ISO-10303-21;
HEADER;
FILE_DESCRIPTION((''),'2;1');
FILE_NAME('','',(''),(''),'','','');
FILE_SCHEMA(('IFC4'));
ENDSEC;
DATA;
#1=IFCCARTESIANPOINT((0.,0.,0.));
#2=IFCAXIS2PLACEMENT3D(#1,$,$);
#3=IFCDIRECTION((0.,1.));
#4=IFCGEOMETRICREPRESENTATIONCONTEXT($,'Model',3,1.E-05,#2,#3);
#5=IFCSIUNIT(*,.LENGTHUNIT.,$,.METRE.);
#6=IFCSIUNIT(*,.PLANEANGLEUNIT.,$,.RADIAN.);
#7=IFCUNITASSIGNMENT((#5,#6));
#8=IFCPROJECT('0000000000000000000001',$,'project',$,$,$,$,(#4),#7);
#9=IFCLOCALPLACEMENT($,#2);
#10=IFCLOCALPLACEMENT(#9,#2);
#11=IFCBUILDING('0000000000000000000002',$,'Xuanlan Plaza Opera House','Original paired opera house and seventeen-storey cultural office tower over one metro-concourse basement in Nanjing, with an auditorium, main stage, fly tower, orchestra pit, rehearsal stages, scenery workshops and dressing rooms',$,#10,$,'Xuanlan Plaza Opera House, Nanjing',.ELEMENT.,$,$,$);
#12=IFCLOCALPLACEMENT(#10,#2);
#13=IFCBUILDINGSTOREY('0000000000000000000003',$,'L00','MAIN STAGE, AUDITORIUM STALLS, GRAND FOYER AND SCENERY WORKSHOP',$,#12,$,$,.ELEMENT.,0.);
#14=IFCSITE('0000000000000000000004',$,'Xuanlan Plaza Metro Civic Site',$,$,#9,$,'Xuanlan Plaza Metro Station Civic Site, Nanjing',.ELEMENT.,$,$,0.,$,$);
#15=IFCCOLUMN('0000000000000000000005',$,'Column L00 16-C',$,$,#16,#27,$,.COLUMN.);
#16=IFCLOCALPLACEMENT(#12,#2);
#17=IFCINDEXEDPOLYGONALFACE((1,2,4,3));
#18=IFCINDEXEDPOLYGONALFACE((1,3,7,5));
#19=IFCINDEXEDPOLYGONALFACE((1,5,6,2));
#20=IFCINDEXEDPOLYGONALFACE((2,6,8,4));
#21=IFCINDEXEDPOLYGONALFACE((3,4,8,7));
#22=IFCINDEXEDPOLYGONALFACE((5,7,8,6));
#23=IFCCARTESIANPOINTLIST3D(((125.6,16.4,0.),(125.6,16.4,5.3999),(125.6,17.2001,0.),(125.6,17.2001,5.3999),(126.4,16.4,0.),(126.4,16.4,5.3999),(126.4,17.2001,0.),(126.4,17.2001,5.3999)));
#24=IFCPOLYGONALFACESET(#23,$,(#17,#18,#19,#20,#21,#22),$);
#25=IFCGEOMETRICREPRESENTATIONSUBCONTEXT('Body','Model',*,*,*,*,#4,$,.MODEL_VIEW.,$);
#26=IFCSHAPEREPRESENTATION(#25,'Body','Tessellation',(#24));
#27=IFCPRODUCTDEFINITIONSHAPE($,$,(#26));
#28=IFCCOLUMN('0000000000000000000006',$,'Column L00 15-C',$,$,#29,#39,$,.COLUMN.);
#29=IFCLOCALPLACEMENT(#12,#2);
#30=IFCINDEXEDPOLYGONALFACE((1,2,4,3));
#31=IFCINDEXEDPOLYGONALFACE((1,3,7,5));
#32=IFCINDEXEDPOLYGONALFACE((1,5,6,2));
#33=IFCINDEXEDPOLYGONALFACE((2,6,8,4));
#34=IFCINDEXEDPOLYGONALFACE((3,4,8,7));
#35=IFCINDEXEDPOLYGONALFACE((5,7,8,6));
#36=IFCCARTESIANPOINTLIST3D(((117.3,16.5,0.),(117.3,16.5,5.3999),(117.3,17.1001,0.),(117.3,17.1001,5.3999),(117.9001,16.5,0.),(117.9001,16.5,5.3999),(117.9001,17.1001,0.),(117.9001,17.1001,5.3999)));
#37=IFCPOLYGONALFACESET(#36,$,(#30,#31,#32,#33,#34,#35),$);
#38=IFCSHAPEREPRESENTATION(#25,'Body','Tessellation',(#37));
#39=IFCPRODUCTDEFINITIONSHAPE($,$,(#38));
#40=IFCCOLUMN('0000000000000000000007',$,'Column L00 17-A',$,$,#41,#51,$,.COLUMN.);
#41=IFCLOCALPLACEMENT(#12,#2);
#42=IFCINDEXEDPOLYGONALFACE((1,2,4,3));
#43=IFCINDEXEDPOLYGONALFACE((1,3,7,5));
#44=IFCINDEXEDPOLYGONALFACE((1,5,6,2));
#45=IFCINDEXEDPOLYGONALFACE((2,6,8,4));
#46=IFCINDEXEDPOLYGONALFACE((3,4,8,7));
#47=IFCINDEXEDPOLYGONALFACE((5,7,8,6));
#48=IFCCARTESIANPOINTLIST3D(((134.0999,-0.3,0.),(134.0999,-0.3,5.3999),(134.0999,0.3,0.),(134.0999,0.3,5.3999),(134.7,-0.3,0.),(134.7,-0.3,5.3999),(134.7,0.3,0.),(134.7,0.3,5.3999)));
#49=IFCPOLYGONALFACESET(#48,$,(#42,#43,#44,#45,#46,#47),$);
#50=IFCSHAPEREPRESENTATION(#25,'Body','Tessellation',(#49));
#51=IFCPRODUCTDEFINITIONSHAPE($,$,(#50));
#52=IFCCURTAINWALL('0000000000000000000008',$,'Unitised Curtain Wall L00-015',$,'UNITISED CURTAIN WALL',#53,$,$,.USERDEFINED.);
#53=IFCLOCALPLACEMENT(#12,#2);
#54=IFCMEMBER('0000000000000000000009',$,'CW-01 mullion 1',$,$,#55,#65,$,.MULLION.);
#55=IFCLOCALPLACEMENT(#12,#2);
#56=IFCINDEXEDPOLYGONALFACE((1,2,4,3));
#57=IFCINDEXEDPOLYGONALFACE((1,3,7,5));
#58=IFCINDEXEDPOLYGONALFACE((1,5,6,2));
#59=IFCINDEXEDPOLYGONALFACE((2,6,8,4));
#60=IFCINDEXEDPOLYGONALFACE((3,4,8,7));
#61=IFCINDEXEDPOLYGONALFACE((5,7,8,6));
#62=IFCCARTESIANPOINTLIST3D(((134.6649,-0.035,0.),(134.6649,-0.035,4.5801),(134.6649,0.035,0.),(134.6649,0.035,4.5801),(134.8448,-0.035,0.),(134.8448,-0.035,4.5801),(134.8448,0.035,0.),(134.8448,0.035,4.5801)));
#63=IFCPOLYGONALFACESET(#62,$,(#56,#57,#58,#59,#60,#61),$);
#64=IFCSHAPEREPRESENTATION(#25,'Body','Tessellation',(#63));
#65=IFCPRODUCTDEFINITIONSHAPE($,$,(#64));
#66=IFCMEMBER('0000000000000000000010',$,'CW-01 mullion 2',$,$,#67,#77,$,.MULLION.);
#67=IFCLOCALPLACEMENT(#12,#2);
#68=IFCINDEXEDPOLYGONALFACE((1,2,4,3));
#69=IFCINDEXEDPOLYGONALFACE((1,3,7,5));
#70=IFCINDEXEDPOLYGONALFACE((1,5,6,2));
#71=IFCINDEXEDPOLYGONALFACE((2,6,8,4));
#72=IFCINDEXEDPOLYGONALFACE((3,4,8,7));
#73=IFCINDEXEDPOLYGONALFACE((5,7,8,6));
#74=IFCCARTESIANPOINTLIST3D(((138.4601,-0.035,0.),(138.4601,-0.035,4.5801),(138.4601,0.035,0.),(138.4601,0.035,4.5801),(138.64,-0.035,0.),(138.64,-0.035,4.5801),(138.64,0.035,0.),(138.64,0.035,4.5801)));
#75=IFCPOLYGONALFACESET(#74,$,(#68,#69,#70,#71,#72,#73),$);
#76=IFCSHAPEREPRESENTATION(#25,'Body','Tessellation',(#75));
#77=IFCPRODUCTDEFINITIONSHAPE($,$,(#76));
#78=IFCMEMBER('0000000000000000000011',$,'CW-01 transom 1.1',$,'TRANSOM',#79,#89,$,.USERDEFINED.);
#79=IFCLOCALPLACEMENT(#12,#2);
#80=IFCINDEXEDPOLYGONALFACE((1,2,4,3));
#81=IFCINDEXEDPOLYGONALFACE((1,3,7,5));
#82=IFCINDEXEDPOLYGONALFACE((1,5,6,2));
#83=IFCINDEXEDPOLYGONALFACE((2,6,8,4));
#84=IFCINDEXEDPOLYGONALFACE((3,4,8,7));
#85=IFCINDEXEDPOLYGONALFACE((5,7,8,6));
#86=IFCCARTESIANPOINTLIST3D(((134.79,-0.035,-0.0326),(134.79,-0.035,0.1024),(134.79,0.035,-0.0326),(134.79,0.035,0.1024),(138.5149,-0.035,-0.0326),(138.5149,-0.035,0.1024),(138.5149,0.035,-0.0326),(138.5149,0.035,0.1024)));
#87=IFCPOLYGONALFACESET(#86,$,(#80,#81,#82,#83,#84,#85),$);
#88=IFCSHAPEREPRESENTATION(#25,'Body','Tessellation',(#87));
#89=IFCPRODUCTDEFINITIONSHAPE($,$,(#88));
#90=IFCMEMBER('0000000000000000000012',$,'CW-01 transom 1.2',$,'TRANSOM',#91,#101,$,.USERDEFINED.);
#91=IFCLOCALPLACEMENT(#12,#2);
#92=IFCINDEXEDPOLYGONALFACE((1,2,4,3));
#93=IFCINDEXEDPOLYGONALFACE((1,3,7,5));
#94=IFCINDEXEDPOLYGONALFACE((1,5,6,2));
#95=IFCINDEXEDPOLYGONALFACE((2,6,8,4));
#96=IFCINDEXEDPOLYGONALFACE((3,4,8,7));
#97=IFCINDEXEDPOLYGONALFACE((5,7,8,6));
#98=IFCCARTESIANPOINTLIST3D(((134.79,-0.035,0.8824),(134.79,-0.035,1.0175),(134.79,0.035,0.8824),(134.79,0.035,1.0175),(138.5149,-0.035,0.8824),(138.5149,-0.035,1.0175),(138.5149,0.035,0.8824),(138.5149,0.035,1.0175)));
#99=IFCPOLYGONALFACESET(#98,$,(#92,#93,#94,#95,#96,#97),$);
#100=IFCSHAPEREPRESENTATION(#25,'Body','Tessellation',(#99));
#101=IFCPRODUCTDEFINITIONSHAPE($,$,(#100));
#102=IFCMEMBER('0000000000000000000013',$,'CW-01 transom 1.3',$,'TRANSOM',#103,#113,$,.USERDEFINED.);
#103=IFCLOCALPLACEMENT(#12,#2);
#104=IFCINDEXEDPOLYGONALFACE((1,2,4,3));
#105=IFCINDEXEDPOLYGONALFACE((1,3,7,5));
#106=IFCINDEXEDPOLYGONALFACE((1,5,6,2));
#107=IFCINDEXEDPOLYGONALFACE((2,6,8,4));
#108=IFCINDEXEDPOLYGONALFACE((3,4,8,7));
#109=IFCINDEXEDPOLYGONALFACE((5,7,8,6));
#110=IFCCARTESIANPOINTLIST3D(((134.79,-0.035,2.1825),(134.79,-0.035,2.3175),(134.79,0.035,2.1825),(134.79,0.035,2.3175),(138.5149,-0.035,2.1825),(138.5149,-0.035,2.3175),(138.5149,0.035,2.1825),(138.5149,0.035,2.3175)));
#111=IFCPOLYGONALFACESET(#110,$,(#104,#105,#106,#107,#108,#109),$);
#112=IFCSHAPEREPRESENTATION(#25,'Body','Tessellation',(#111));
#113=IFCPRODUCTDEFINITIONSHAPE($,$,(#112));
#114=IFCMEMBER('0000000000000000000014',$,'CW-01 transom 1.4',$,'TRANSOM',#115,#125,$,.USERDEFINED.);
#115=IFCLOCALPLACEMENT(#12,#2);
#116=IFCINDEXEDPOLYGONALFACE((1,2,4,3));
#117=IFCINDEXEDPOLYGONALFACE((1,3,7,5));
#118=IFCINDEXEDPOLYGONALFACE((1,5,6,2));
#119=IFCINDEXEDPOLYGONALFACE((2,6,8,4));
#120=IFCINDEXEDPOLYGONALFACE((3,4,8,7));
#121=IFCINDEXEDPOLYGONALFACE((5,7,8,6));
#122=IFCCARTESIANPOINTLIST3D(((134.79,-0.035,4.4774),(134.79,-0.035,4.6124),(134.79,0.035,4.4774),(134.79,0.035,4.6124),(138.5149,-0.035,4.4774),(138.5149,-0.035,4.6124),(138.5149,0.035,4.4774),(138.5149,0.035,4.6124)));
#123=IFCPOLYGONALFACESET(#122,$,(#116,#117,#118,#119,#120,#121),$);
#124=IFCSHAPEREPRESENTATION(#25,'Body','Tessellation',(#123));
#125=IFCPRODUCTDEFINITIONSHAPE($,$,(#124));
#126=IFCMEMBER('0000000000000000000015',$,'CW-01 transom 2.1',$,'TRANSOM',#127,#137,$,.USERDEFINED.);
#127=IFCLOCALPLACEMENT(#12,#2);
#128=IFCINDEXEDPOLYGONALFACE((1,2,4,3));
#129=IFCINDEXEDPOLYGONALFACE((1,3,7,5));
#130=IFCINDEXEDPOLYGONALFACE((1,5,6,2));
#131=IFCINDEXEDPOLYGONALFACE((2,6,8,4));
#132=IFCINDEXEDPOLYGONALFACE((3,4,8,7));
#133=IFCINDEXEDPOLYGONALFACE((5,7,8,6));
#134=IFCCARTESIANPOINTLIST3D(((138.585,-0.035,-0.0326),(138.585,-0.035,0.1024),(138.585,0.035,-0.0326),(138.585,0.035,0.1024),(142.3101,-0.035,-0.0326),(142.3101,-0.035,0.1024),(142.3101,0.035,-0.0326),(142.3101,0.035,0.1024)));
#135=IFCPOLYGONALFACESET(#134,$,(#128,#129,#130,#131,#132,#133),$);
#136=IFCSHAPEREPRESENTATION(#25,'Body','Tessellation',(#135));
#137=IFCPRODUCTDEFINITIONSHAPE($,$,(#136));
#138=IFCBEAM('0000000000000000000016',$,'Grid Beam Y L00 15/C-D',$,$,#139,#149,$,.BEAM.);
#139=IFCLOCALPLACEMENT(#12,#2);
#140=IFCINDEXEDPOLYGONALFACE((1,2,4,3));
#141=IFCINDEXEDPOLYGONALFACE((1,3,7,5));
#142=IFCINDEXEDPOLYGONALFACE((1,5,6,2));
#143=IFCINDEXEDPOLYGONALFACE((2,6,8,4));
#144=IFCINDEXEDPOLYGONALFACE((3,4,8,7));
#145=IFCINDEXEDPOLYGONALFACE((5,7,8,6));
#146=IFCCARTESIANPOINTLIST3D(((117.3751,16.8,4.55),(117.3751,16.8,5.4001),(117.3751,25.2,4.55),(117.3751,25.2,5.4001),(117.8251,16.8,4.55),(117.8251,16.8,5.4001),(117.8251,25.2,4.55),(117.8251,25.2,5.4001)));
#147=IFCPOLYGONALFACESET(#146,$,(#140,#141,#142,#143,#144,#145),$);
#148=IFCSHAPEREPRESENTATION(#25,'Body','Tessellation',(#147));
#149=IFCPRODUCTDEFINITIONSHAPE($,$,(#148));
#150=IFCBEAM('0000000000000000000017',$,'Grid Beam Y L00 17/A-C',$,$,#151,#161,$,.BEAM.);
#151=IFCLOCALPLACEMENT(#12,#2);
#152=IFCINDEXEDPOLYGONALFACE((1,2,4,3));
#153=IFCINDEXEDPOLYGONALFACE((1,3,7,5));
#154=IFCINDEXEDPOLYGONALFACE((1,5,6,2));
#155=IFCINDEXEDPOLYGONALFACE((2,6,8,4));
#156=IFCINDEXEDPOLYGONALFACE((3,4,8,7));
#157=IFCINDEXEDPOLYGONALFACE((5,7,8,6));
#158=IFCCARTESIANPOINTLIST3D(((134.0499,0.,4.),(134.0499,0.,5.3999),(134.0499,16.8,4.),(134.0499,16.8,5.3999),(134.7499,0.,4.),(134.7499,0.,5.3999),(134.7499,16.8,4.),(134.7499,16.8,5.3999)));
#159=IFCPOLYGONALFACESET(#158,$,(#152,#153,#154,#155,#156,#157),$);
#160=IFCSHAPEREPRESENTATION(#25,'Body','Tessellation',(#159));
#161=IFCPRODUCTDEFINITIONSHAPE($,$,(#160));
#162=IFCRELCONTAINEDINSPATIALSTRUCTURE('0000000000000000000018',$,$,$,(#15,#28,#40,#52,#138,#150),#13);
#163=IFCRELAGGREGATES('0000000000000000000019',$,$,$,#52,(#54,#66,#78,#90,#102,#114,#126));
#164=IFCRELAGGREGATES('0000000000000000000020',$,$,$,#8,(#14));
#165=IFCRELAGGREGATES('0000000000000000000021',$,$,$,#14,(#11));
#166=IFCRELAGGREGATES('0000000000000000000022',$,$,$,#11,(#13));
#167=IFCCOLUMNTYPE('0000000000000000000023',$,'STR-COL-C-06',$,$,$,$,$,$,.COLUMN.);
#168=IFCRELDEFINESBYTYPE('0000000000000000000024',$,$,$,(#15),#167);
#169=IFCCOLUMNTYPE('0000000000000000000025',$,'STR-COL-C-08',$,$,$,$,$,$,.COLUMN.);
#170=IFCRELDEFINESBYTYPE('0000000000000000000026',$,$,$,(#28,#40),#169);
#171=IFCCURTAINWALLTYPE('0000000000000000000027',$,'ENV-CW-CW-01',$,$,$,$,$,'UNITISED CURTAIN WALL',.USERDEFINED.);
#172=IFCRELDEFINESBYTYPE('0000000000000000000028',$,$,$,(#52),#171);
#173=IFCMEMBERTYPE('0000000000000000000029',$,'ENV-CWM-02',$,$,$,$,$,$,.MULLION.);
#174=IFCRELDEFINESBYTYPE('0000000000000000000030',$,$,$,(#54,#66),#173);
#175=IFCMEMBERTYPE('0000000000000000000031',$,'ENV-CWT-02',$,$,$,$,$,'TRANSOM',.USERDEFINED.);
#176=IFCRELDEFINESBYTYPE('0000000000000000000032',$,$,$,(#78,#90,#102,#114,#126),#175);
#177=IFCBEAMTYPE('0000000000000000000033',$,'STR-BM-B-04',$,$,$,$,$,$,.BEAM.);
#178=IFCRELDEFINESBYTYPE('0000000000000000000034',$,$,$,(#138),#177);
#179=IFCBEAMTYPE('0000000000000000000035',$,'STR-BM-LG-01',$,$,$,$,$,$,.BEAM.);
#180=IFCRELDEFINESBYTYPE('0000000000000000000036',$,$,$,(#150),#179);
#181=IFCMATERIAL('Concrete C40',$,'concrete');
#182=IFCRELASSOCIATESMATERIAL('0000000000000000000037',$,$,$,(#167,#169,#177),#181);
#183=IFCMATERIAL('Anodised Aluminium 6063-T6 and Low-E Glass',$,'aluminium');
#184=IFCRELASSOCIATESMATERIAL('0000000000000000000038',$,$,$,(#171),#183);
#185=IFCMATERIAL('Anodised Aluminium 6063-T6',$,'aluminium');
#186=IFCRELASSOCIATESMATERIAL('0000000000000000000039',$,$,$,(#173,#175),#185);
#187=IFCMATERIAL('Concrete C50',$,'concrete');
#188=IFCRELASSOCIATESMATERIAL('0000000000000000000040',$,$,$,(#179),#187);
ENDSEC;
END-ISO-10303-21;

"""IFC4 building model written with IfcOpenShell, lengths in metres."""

from ifc_helpers import new_model, si_unit, direction, frame, origin, origin_2d, place, context, subcontext, project, spatial, rectangle, extrude, material, material_profile, profile_set, type_object, element, aggregate, save


model = new_model("IFC4")

# Units and contexts
model_context = context("Model", 3, precision=1e-05, world=origin(), true_north=direction((0.0, 1.0)))
body_context = subcontext(model_context, "Body", "Model", "MODEL_VIEW")
ifc_project = project(units=[si_unit("LENGTHUNIT", "METRE"), si_unit("PLANEANGLEUNIT", "RADIAN")], contexts=[model_context])

# Site, building, storey
site_placement = place(None, origin())
site = spatial("IfcSite", under=ifc_project, at=site_placement, Name="Xuanlan Plaza Metro Civic Site", LongName="Xuanlan Plaza Metro Station Civic Site, Nanjing", CompositionType="ELEMENT", RefElevation=0.0)
building_placement = place(site_placement, origin())
building = spatial("IfcBuilding", under=site, at=building_placement, Name="Xuanlan Plaza Opera House", Description="Original paired opera house and seventeen-storey cultural office tower over one metro-concourse basement in Nanjing, with an auditorium, main stage, fly tower, orchestra pit, rehearsal stages, scenery workshops and dressing rooms", LongName="Xuanlan Plaza Opera House, Nanjing", CompositionType="ELEMENT")
storey_placement = place(building_placement, origin())
storey = spatial("IfcBuildingStorey", under=building, at=storey_placement, Name="L00", Description="MAIN STAGE, AUDITORIUM STALLS, GRAND FOYER AND SCENERY WORKSHOP", CompositionType="ELEMENT", Elevation=0.0)

# Columns
ifc_material_1 = material(Name="Concrete C40", Category="concrete")
ifc_material_profile_1 = material_profile(ifc_material_1, rectangle(XDim=0.8, YDim=0.8, at=origin_2d()), Name="RC-COL 800x800")
ifc_profile_set_1 = profile_set([ifc_material_profile_1], Name="Concrete C40")
column_type_1 = type_object("IfcColumnType", Name="STR-COL-C-06", PredefinedType="COLUMN", material=ifc_profile_set_1)
column_placement = place(storey_placement, frame((126.0, 16.8, 0.0), z_axis=(0.0, 0.0, 1.0), x_axis=(1.0, 0.0, 0.0)))
element("IfcColumn", 1, at=column_placement, inside=storey, type_object=column_type_1, Name="Column L00 16-C", PredefinedType="COLUMN", context=body_context, shape_type="SweptSolid", body=[
    extrude(rectangle(XDim=0.8, YDim=0.8, at=origin_2d()), origin(), (0.0, 0.0, 1.0), 5.3999),
])
ifc_material_profile_2 = material_profile(ifc_material_1, rectangle(XDim=0.6001, YDim=0.6001, at=origin_2d()), Name="RC-COL 600x600")
ifc_profile_set_2 = profile_set([ifc_material_profile_2], Name="Concrete C40")
column_type_2 = type_object("IfcColumnType", Name="STR-COL-C-08", PredefinedType="COLUMN", material=ifc_profile_set_2)
for number, where, z_axis, x_axis, name in (
    (2, (117.6001, 16.8, 0.0), (0.0, 0.0, 1.0), (1.0, 0.0, 0.0), "Column L00 15-C"),
    (3, (134.3999, 0.0, 0.0), (0.0, 0.0, 1.0), (1.0, 0.0, 0.0), "Column L00 17-A"),
):
    element("IfcColumn", number, at=place(storey_placement, frame(where, z_axis=z_axis, x_axis=x_axis)), inside=storey, type_object=column_type_2, Name=name, PredefinedType="COLUMN", context=body_context, shape_type="SweptSolid", body=[
        extrude(rectangle(XDim=0.6001, YDim=0.6001, at=origin_2d()), origin(), (0.0, 0.0, 1.0), 5.3999),
    ])

# Curtain wall, members
ifc_material_2 = material(Name="Anodised Aluminium 6063-T6 and Low-E Glass", Category="aluminium")
curtain_wall_type = type_object("IfcCurtainWallType", Name="ENV-CW-CW-01", ElementType="UNITISED CURTAIN WALL", PredefinedType="USERDEFINED", material=ifc_material_2)
curtain_wall_placement = place(storey_placement, origin())
curtain_wall = element("IfcCurtainWall", 4, at=curtain_wall_placement, inside=storey, type_object=curtain_wall_type, Name="Unitised Curtain Wall L00-015", ObjectType="UNITISED CURTAIN WALL", PredefinedType="USERDEFINED")
ifc_material_3 = material(Name="Anodised Aluminium 6063-T6", Category="aluminium")
ifc_material_profile_3 = material_profile(ifc_material_3, rectangle(XDim=0.0701, YDim=0.1799, at=origin_2d()), Name="ALU-M 70x180")
ifc_profile_set_3 = profile_set([ifc_material_profile_3], Name="Anodised Aluminium 6063-T6")
member_type_1 = type_object("IfcMemberType", Name="ENV-CWM-02", PredefinedType="MULLION", material=ifc_profile_set_3)
member_1_placement = place(storey_placement, frame((134.7549, 0.0, 0.0), z_axis=(0.0, 0.0, 1.0), x_axis=(0.0, 1.0, 0.0)))
member_1 = element("IfcMember", 5, at=member_1_placement, type_object=member_type_1, Name="CW-01 mullion 1", PredefinedType="MULLION", context=body_context, shape_type="SweptSolid", body=[
    extrude(rectangle(XDim=0.0701, YDim=0.1799, at=origin_2d()), origin(), (0.0, 0.0, 1.0), 4.5801),
])
member_2_placement = place(storey_placement, frame((138.55, 0.0, 0.0), z_axis=(0.0, 0.0, 1.0), x_axis=(0.0, 1.0, 0.0)))
member_2 = element("IfcMember", 6, at=member_2_placement, type_object=member_type_1, Name="CW-01 mullion 2", PredefinedType="MULLION", context=body_context, shape_type="SweptSolid", body=[
    extrude(rectangle(XDim=0.0701, YDim=0.1799, at=origin_2d()), origin(), (0.0, 0.0, 1.0), 4.5801),
])
ifc_material_profile_4 = material_profile(ifc_material_3, rectangle(XDim=0.0701, YDim=0.135, at=origin_2d()), Name="ALU-T 70x135")
ifc_profile_set_4 = profile_set([ifc_material_profile_4], Name="Anodised Aluminium 6063-T6")
member_type_2 = type_object("IfcMemberType", Name="ENV-CWT-02", ElementType="TRANSOM", PredefinedType="USERDEFINED", material=ifc_profile_set_4)
member_3_placement = place(storey_placement, frame((134.79, 0.0, 0.0349), z_axis=(1.0, 0.0, 0.0), x_axis=(0.0, 1.0, 0.0)))
member_3 = element("IfcMember", 7, at=member_3_placement, type_object=member_type_2, Name="CW-01 transom 1.1", ObjectType="TRANSOM", PredefinedType="USERDEFINED", context=body_context, shape_type="SweptSolid", body=[
    extrude(rectangle(XDim=0.0701, YDim=0.135, at=origin_2d()), origin(), (0.0, 0.0, 1.0), 3.7249),
])
member_4_placement = place(storey_placement, frame((134.79, 0.0, 0.95), z_axis=(1.0, 0.0, 0.0), x_axis=(0.0, 1.0, 0.0)))
member_4 = element("IfcMember", 8, at=member_4_placement, type_object=member_type_2, Name="CW-01 transom 1.2", ObjectType="TRANSOM", PredefinedType="USERDEFINED", context=body_context, shape_type="SweptSolid", body=[
    extrude(rectangle(XDim=0.0701, YDim=0.135, at=origin_2d()), origin(), (0.0, 0.0, 1.0), 3.7249),
])
member_5_placement = place(storey_placement, frame((134.79, 0.0, 2.25), z_axis=(1.0, 0.0, 0.0), x_axis=(0.0, 1.0, 0.0)))
member_5 = element("IfcMember", 9, at=member_5_placement, type_object=member_type_2, Name="CW-01 transom 1.3", ObjectType="TRANSOM", PredefinedType="USERDEFINED", context=body_context, shape_type="SweptSolid", body=[
    extrude(rectangle(XDim=0.0701, YDim=0.135, at=origin_2d()), origin(), (0.0, 0.0, 1.0), 3.7249),
])
member_6_placement = place(storey_placement, frame((134.79, 0.0, 4.5449), z_axis=(1.0, 0.0, 0.0), x_axis=(0.0, 1.0, 0.0)))
member_6 = element("IfcMember", 10, at=member_6_placement, type_object=member_type_2, Name="CW-01 transom 1.4", ObjectType="TRANSOM", PredefinedType="USERDEFINED", context=body_context, shape_type="SweptSolid", body=[
    extrude(rectangle(XDim=0.0701, YDim=0.135, at=origin_2d()), origin(), (0.0, 0.0, 1.0), 3.7249),
])
member_7_placement = place(storey_placement, frame((138.585, 0.0, 0.0349), z_axis=(1.0, 0.0, 0.0), x_axis=(0.0, 1.0, 0.0)))
member_7 = element("IfcMember", 11, at=member_7_placement, type_object=member_type_2, Name="CW-01 transom 2.1", ObjectType="TRANSOM", PredefinedType="USERDEFINED", context=body_context, shape_type="SweptSolid", body=[
    extrude(rectangle(XDim=0.0701, YDim=0.135, at=origin_2d()), origin(), (0.0, 0.0, 1.0), 3.7251),
])

# Beams
ifc_material_profile_5 = material_profile(ifc_material_1, rectangle(XDim=0.45, YDim=0.8501, at=origin_2d()), Name="RC-BM 450x850")
ifc_profile_set_5 = profile_set([ifc_material_profile_5], Name="Concrete C40")
beam_type_1 = type_object("IfcBeamType", Name="STR-BM-B-04", PredefinedType="BEAM", material=ifc_profile_set_5)
beam_1_placement = place(storey_placement, frame((117.6001, 16.8, 4.9751), z_axis=(0.0, 1.0, 0.0), x_axis=(-1.0, 0.0, 0.0)))
element("IfcBeam", 12, at=beam_1_placement, inside=storey, type_object=beam_type_1, Name="Grid Beam Y L00 15/C-D", PredefinedType="BEAM", context=body_context, shape_type="SweptSolid", body=[
    extrude(rectangle(XDim=0.45, YDim=0.8501, at=origin_2d()), origin(), (0.0, 0.0, 1.0), 8.3999),
])
ifc_material_4 = material(Name="Concrete C50", Category="concrete")
ifc_material_profile_6 = material_profile(ifc_material_4, rectangle(XDim=0.7, YDim=1.3999, at=origin_2d()), Name="RC-LG 700x1400")
ifc_profile_set_6 = profile_set([ifc_material_profile_6], Name="Concrete C50")
beam_type_2 = type_object("IfcBeamType", Name="STR-BM-LG-01", PredefinedType="BEAM", material=ifc_profile_set_6)
beam_2_placement = place(storey_placement, frame((134.3999, 0.0, 4.7), z_axis=(0.0, 1.0, 0.0), x_axis=(-1.0, 0.0, 0.0)))
element("IfcBeam", 13, at=beam_2_placement, inside=storey, type_object=beam_type_2, Name="Grid Beam Y L00 17/A-C", PredefinedType="BEAM", context=body_context, shape_type="SweptSolid", body=[
    extrude(rectangle(XDim=0.7, YDim=1.3999, at=origin_2d()), origin(), (0.0, 0.0, 1.0), 16.8),
])

aggregate(curtain_wall, [member_1, member_2, member_3, member_4, member_5, member_6, member_7])

save(model, "model.ifc")
